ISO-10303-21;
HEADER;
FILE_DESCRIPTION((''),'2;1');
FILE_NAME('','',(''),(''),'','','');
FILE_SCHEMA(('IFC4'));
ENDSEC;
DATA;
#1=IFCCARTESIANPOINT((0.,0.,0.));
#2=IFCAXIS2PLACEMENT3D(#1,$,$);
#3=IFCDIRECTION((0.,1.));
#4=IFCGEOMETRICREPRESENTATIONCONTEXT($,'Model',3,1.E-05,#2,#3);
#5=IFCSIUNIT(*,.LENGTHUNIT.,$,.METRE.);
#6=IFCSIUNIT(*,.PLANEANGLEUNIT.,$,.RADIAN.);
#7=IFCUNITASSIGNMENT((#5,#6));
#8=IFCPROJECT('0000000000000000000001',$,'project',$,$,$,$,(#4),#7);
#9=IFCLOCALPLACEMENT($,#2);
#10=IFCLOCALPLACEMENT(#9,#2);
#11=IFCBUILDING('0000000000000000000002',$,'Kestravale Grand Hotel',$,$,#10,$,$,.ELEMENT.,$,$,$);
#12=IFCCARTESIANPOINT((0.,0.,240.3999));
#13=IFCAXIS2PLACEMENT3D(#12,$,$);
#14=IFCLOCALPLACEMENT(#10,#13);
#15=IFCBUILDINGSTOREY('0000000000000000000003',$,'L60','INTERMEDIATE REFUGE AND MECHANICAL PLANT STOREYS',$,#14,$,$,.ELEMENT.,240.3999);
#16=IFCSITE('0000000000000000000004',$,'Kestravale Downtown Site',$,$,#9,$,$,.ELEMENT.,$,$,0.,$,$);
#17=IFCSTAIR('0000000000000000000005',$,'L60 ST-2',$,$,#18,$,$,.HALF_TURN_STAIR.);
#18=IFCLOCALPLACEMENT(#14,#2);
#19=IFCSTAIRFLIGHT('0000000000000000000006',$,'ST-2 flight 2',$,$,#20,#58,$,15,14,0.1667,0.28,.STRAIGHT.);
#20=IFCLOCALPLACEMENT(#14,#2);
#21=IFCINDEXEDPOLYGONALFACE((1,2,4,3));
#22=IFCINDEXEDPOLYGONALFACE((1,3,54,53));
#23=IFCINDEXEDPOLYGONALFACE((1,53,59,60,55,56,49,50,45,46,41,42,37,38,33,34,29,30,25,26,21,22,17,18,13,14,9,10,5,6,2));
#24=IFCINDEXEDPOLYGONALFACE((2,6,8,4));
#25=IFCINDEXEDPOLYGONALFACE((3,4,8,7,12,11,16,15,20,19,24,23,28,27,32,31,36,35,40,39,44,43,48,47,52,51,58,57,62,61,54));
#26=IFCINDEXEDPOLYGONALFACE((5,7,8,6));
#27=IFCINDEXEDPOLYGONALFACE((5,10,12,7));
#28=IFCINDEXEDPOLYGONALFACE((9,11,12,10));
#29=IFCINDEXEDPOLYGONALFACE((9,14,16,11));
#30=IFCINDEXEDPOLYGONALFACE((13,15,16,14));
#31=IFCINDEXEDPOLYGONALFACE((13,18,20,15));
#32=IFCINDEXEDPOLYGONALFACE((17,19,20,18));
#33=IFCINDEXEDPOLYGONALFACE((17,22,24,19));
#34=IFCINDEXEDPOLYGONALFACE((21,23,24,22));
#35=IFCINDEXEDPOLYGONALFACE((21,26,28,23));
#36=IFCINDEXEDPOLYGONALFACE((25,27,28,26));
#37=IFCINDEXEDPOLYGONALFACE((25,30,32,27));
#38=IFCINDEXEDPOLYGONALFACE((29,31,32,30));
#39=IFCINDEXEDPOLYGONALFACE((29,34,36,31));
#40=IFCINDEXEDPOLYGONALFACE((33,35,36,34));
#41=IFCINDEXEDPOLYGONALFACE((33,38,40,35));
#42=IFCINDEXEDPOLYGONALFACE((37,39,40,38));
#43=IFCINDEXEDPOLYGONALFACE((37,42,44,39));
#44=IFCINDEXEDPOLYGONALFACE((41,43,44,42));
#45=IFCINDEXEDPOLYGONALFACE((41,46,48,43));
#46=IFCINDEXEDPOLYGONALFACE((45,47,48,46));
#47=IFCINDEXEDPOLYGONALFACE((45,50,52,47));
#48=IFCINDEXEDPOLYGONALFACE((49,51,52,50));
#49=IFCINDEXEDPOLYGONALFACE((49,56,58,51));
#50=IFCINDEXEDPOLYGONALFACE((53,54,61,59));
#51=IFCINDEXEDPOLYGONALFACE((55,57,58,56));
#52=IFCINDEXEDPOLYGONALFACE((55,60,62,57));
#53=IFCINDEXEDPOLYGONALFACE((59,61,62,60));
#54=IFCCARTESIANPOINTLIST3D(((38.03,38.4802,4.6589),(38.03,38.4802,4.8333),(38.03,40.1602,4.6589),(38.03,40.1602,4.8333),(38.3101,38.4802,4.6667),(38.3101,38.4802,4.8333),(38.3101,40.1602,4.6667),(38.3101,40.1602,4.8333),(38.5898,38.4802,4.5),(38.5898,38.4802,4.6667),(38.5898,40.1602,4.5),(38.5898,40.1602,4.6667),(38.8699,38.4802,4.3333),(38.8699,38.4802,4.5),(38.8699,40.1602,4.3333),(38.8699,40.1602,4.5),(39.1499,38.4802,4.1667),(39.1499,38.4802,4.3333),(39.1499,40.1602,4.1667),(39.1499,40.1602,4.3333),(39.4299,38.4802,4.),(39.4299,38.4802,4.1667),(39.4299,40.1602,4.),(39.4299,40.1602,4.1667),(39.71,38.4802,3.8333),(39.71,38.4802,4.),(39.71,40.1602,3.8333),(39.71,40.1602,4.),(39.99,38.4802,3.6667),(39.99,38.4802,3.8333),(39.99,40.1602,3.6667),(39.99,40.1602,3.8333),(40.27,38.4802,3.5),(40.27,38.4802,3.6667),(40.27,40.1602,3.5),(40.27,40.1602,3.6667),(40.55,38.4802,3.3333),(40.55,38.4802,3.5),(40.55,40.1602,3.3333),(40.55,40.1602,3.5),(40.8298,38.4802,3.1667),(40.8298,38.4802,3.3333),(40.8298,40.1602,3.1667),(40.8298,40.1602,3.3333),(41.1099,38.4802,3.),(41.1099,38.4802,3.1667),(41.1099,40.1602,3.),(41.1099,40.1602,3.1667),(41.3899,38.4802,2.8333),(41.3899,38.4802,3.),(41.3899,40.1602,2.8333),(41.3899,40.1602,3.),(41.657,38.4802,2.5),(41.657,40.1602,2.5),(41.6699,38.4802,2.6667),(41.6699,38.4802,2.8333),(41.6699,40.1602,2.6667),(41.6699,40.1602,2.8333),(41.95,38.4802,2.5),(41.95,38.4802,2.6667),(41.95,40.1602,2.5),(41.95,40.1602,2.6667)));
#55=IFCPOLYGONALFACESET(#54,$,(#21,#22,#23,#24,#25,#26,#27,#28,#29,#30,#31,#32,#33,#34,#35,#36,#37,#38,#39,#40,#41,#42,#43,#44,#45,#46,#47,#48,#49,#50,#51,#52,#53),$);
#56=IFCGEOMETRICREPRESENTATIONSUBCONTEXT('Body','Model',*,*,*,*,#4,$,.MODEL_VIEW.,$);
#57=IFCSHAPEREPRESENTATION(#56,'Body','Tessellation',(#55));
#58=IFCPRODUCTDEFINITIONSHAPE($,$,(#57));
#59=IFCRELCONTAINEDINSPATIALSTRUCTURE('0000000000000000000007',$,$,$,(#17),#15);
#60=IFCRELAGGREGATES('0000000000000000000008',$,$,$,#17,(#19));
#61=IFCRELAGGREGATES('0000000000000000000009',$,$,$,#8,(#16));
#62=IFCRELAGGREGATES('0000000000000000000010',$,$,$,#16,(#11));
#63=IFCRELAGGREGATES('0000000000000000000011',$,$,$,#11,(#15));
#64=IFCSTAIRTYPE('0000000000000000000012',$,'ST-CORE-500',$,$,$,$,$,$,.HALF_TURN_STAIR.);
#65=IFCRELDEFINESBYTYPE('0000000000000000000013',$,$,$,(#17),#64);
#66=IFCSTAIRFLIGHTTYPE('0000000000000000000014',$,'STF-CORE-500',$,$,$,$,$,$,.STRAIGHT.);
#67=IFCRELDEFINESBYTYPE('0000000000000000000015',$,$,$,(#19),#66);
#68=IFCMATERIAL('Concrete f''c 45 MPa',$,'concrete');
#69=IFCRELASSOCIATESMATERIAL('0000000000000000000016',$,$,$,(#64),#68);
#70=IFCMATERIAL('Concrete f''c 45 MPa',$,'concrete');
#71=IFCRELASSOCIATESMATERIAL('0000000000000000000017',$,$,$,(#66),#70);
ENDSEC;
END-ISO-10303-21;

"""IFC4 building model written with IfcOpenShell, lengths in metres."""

from ifc_helpers import new_model, si_unit, direction, frame, origin, place, context, subcontext, project, spatial, polyline, outline, extrude, material, type_object, element, aggregate, save


model = new_model("IFC4")

# Units and contexts
model_context = context("Model", 3, precision=1e-05, world=origin(), true_north=direction((0.0, 1.0)))
body_context = subcontext(model_context, "Body", "Model", "MODEL_VIEW")
ifc_project = project(units=[si_unit("LENGTHUNIT", "METRE"), si_unit("PLANEANGLEUNIT", "RADIAN")], contexts=[model_context])

# Site, building, storey
site_placement = place(None, origin())
site = spatial("IfcSite", under=ifc_project, at=site_placement, Name="Kestravale Downtown Site", CompositionType="ELEMENT", RefElevation=0.0)
building_placement = place(site_placement, origin())
building = spatial("IfcBuilding", under=site, at=building_placement, Name="Kestravale Grand Hotel", CompositionType="ELEMENT")
storey_placement = place(building_placement, frame((0.0, 0.0, 240.3999)))
storey = spatial("IfcBuildingStorey", under=building, at=storey_placement, Name="L60", Description="INTERMEDIATE REFUGE AND MECHANICAL PLANT STOREYS", CompositionType="ELEMENT", Elevation=240.3999)

# Stair, stair flight
ifc_material_1 = material(Name="Concrete f'c 45 MPa", Category="concrete")
stair_type = type_object("IfcStairType", Name="ST-CORE-500", PredefinedType="HALF_TURN_STAIR", material=ifc_material_1)
stair_placement = place(storey_placement, origin())
stair = element("IfcStair", 1, at=stair_placement, inside=storey, type_object=stair_type, Name="L60 ST-2", PredefinedType="HALF_TURN_STAIR")
ifc_material_2 = material(Name="Concrete f'c 45 MPa", Category="concrete")
stair_flight_type = type_object("IfcStairFlightType", Name="STF-CORE-500", PredefinedType="STRAIGHT", material=ifc_material_2)
stair_flight_1_placement = place(storey_placement, frame((41.95, 39.3201, 2.5), z_axis=(0.0, 0.0, 1.0), x_axis=(-1.0, 0.0, 0.0)))
stair_flight_1 = element("IfcStairFlight", 2, at=stair_flight_1_placement, type_object=stair_flight_type, Name="ST-2 flight 2", NumberOfRisers=15, NumberOfTreads=14, PredefinedType="STRAIGHT", RiserHeight=0.1667, TreadLength=0.28, context=body_context, shape_type="SweptSolid", body=[
    extrude(outline(polyline([(0.0, 0.0), (0.0, 0.1667), (0.28, 0.1667), (0.28, 0.3333), (0.5601, 0.3333), (0.5601, 0.5), (0.8401, 0.5), (0.8401, 0.6667), (1.1201, 0.6667), (1.1201, 0.8333), (1.3999, 0.8333), (1.3999, 1.0), (1.6799, 1.0), (1.6799, 1.1667), (1.96, 1.1667), (1.96, 1.3333), (2.24, 1.3333), (2.24, 1.5), (2.52, 1.5), (2.52, 1.6667), (2.8, 1.6667), (2.8, 1.8333), (3.0801, 1.8333), (3.0801, 2.0), (3.3601, 2.0), (3.3601, 2.1667), (3.6399, 2.1667), (3.6399, 2.3333), (3.9199, 2.3333), (3.9199, 2.5), (3.9199, 2.1589), (0.293, 0.0), (0.0, 0.0)])), frame((0.0, 0.8398, 0.0), z_axis=(0.0, -1.0, 0.0), x_axis=(1.0, 0.0, 0.0)), (0.0, 0.0, 1.0), 1.6799),
])
aggregate(stair, [stair_flight_1])

save(model, "model.ifc")
